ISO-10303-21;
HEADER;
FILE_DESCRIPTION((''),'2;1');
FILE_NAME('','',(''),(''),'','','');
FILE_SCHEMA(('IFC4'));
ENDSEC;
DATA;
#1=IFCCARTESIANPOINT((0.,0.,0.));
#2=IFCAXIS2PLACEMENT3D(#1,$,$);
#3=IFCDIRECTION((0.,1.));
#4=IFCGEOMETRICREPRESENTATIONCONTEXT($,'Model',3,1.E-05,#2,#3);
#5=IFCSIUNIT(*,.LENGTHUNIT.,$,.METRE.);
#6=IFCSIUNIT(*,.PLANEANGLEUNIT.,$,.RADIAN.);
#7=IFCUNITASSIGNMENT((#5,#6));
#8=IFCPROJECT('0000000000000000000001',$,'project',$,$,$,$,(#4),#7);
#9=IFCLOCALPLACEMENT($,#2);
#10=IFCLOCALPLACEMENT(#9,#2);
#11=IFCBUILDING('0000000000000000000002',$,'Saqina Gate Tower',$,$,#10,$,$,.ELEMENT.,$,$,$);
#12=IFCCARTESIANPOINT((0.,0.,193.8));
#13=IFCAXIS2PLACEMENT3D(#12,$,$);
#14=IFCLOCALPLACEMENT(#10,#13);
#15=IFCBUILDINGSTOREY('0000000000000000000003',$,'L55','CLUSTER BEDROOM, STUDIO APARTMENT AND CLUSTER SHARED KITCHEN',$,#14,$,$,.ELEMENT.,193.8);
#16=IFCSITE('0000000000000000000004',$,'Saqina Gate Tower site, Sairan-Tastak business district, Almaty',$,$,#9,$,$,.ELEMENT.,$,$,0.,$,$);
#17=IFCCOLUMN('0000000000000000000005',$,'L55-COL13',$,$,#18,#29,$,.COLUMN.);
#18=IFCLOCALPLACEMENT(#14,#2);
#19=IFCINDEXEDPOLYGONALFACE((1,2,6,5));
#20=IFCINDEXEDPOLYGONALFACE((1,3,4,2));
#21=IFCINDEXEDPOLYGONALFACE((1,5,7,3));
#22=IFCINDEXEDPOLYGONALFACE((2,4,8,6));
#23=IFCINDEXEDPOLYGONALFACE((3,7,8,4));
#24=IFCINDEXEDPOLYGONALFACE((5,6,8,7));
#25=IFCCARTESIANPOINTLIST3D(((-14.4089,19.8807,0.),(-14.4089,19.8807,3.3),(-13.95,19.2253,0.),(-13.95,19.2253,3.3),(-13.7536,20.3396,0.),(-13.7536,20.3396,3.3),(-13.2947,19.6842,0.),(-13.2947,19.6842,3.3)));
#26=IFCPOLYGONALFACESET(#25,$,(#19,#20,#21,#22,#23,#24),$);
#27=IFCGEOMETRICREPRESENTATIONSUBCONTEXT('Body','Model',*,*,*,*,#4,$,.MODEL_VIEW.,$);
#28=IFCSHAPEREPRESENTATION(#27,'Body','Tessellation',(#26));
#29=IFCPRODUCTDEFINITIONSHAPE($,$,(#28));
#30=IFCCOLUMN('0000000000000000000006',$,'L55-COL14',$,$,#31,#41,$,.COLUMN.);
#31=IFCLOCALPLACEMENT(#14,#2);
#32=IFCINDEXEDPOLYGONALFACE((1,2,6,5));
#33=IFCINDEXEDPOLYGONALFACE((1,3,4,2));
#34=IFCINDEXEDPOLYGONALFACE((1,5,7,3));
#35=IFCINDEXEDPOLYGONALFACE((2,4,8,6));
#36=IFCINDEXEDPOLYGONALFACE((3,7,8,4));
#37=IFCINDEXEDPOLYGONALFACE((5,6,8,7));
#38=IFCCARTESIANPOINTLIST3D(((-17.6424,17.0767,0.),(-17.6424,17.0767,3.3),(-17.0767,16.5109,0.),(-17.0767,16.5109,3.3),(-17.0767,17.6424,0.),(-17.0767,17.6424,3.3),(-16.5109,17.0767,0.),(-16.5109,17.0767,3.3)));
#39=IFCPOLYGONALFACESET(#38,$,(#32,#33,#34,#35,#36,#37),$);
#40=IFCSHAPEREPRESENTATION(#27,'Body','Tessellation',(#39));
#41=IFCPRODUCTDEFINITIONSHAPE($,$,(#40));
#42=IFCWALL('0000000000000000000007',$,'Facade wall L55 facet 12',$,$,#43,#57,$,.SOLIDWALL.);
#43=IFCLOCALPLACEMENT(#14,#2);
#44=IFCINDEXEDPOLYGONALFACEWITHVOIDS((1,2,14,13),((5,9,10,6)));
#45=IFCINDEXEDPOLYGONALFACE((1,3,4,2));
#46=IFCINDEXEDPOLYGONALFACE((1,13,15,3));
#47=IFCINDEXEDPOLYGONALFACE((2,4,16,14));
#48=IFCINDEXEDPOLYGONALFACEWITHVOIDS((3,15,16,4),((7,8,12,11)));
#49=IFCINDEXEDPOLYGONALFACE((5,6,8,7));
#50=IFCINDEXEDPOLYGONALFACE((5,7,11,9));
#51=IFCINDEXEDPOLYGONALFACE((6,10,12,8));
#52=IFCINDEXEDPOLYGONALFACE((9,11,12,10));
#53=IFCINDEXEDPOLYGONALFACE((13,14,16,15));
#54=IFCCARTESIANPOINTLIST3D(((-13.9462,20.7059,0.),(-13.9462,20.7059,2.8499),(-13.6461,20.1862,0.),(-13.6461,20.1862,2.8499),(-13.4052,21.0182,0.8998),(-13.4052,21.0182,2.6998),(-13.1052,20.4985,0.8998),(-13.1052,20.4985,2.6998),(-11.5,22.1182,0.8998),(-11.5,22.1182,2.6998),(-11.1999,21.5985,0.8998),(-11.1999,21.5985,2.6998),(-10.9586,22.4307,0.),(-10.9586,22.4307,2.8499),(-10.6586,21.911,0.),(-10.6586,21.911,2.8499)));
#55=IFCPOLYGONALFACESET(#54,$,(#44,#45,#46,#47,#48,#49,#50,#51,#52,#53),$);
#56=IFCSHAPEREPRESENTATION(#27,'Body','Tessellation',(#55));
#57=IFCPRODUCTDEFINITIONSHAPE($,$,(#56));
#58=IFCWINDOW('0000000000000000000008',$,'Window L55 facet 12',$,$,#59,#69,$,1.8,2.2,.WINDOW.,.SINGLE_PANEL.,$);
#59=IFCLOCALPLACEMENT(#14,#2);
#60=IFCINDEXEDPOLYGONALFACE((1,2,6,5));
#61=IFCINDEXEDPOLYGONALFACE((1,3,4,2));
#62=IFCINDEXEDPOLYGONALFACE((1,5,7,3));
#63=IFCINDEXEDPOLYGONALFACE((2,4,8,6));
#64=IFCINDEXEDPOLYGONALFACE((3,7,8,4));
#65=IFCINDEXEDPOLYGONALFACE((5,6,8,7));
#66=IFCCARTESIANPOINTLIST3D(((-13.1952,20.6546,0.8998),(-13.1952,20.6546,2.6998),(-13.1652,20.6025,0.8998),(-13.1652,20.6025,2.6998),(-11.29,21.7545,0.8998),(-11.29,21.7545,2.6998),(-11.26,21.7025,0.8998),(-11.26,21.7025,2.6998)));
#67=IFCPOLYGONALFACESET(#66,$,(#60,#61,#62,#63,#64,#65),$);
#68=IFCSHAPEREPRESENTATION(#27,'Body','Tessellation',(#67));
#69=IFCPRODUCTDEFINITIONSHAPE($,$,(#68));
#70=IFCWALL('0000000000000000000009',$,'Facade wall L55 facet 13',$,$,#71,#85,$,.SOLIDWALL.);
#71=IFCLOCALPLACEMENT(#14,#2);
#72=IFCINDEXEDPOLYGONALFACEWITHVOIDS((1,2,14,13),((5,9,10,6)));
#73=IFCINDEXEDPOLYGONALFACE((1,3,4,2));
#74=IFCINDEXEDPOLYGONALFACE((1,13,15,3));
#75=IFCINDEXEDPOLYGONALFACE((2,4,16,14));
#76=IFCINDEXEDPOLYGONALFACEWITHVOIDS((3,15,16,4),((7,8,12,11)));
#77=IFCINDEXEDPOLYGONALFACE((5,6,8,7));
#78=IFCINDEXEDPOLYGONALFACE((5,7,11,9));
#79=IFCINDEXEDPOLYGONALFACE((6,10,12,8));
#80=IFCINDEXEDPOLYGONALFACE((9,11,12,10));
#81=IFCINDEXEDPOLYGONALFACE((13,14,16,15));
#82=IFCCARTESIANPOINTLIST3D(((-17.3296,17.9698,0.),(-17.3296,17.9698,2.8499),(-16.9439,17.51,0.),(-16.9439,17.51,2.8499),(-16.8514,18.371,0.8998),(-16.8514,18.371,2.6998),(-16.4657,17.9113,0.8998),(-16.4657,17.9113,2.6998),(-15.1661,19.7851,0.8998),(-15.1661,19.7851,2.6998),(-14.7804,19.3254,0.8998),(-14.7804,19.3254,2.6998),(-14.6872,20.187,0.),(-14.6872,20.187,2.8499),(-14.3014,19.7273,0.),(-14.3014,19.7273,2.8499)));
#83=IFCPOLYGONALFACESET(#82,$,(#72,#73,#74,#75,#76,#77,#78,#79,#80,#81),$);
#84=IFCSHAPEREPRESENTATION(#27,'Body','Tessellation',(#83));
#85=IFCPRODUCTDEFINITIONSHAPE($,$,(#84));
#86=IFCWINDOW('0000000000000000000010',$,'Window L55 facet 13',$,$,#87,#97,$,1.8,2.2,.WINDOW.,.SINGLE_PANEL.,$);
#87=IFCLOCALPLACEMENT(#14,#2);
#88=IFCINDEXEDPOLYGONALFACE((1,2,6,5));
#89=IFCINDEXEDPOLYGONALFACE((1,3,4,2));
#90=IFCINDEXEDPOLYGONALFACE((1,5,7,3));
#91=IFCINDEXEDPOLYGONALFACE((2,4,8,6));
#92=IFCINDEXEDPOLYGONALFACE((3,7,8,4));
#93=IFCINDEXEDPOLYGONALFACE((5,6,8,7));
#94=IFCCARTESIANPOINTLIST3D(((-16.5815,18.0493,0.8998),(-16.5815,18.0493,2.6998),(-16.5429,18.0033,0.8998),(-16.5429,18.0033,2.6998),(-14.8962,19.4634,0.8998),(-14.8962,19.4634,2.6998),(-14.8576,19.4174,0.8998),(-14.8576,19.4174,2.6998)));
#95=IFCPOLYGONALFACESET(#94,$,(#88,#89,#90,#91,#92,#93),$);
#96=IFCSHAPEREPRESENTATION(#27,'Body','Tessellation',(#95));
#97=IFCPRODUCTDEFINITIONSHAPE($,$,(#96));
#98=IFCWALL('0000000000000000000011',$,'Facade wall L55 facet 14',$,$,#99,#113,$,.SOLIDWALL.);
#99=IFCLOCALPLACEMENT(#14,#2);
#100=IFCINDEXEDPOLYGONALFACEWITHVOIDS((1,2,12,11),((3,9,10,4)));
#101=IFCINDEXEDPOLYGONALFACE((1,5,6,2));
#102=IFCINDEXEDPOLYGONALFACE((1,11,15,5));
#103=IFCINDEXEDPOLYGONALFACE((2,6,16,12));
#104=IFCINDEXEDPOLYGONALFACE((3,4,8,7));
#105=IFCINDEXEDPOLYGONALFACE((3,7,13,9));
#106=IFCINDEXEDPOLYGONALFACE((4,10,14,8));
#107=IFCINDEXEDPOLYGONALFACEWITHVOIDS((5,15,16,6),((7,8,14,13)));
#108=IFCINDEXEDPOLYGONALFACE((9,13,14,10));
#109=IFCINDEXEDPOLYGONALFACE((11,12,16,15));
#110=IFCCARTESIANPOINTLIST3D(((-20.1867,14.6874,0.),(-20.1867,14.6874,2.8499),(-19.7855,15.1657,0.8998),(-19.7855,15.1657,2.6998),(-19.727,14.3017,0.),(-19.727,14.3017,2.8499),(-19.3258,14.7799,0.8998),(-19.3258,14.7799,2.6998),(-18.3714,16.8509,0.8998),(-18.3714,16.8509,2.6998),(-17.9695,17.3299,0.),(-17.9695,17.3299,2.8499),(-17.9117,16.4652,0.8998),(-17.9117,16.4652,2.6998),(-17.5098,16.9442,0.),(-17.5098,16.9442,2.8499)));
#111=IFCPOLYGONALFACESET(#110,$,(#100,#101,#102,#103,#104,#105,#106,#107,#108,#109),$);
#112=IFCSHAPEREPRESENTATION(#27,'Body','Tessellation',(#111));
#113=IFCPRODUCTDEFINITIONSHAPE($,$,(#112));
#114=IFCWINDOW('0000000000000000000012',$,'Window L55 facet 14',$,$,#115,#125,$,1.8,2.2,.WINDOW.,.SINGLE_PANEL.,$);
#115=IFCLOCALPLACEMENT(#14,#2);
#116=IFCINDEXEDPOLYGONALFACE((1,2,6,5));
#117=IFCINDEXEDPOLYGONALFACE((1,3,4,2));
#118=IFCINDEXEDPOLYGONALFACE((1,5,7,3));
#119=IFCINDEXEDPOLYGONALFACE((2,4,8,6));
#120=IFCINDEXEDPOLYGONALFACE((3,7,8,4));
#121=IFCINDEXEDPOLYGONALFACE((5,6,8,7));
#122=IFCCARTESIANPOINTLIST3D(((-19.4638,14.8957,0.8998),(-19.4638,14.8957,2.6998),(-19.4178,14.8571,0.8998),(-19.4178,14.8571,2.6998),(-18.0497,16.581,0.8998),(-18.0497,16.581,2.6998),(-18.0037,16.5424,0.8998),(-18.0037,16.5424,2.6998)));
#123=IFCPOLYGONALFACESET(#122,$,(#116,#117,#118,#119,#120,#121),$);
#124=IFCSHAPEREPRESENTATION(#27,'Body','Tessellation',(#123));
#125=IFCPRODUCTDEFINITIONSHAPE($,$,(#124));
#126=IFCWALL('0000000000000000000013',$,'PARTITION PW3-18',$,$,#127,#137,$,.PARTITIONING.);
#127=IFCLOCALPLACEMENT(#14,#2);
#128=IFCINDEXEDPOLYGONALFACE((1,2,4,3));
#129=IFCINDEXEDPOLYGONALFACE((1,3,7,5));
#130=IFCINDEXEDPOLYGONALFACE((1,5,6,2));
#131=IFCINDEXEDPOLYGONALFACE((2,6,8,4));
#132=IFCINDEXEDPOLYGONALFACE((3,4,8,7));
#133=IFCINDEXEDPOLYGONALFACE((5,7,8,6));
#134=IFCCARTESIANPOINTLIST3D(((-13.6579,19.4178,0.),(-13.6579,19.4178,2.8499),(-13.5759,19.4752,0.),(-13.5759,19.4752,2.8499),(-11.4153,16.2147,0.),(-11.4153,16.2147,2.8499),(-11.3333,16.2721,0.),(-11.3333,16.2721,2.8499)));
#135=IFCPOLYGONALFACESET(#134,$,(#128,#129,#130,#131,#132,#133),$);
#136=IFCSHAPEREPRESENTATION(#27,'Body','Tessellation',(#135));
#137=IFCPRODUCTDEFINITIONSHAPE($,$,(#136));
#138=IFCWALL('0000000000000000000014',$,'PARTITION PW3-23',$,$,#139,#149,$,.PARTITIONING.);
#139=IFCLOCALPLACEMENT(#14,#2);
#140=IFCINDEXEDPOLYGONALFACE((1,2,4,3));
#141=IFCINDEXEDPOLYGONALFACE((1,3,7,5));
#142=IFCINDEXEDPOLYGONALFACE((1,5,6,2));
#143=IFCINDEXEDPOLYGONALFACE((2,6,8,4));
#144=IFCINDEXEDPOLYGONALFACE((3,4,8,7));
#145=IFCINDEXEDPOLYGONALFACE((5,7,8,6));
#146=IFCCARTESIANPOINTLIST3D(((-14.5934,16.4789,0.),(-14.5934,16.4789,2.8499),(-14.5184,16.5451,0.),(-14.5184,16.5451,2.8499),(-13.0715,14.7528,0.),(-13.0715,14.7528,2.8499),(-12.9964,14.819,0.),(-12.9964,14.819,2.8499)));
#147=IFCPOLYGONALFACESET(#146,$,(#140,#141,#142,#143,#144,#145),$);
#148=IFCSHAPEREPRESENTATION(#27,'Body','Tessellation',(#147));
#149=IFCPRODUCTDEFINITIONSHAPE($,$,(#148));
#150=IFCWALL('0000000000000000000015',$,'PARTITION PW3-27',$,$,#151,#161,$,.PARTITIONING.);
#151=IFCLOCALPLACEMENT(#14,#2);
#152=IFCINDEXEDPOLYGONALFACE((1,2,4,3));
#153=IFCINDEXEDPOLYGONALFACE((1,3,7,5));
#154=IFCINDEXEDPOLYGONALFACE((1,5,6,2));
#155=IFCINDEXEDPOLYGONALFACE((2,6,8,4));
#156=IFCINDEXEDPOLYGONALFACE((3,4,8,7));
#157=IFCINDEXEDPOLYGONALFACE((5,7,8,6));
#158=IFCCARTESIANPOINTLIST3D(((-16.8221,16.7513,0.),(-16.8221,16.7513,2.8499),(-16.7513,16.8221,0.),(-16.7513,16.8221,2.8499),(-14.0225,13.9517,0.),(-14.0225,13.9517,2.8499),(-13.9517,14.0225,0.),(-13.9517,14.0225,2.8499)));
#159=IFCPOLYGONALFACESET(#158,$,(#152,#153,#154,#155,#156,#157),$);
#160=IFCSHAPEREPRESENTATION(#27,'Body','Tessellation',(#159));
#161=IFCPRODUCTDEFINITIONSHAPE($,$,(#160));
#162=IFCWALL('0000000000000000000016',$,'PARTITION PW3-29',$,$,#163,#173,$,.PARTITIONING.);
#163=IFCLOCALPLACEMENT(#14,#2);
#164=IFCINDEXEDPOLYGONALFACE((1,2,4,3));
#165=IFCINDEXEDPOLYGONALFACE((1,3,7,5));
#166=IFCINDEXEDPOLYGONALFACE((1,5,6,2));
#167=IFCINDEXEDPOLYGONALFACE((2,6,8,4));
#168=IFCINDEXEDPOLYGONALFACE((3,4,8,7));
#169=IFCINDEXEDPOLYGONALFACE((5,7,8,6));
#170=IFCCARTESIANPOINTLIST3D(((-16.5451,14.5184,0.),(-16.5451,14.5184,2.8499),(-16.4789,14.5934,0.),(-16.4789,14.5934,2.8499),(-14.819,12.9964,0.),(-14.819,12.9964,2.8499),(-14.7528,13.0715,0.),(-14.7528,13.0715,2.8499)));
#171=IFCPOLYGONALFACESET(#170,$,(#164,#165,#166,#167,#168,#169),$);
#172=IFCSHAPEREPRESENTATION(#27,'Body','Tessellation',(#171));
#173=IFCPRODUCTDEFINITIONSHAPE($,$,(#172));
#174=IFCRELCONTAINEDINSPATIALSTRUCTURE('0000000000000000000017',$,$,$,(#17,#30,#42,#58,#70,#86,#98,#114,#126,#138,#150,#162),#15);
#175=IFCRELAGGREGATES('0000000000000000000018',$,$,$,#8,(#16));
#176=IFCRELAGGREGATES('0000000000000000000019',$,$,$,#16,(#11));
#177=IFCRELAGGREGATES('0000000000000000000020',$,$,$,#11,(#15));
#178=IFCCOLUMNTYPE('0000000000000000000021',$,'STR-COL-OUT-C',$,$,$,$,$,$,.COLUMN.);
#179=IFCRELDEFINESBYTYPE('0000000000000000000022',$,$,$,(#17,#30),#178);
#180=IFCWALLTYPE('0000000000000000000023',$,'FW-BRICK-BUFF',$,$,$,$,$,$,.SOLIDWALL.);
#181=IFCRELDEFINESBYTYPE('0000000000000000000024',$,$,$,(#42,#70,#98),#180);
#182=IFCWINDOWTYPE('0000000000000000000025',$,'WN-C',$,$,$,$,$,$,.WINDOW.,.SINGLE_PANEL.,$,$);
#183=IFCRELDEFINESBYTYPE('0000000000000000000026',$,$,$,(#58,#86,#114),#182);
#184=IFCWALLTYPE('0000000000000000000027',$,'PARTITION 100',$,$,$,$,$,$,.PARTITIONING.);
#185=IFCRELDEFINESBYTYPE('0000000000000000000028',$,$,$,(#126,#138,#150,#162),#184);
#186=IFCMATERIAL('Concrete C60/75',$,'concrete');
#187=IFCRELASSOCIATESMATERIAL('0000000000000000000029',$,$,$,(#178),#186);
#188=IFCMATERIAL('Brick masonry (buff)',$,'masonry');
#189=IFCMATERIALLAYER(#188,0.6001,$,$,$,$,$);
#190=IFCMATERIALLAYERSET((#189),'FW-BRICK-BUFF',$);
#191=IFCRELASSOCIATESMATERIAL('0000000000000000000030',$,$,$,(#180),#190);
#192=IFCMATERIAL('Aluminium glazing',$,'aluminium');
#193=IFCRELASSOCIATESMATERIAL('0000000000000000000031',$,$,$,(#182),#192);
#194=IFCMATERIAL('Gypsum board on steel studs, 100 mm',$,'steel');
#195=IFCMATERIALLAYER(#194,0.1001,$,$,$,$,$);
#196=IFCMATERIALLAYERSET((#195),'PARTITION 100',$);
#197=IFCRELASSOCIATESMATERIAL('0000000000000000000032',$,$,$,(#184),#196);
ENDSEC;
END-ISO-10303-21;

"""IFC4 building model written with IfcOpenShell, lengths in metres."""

from ifc_helpers import new_model, si_unit, direction, frame, frame_2d, origin, origin_2d, place, context, subcontext, project, spatial, rectangle, extrude, material, layer, layer_set, material_profile, profile_set, type_object, element, fill, save


model = new_model("IFC4")

# Units and contexts
model_context = context("Model", 3, precision=1e-05, world=origin(), true_north=direction((0.0, 1.0)))
body_context = subcontext(model_context, "Body", "Model", "MODEL_VIEW")
ifc_project = project(units=[si_unit("LENGTHUNIT", "METRE"), si_unit("PLANEANGLEUNIT", "RADIAN")], contexts=[model_context])

# Site, building, storey
site_placement = place(None, origin())
site = spatial("IfcSite", under=ifc_project, at=site_placement, Name="Saqina Gate Tower site, Sairan-Tastak business district, Almaty", CompositionType="ELEMENT", RefElevation=0.0)
building_placement = place(site_placement, origin())
building = spatial("IfcBuilding", under=site, at=building_placement, Name="Saqina Gate Tower", CompositionType="ELEMENT")
storey_placement = place(building_placement, frame((0.0, 0.0, 193.8)))
storey = spatial("IfcBuildingStorey", under=building, at=storey_placement, Name="L55", Description="CLUSTER BEDROOM, STUDIO APARTMENT AND CLUSTER SHARED KITCHEN", CompositionType="ELEMENT", Elevation=193.8)

# Columns
ifc_material_1 = material(Name="Concrete C60/75", Category="concrete")
ifc_material_profile = material_profile(ifc_material_1, rectangle(XDim=0.8, YDim=0.8, at=origin_2d()), Name="RC 800x800")
ifc_profile_set = profile_set([ifc_material_profile], Name="Concrete C60/75")
column_type = type_object("IfcColumnType", Name="STR-COL-OUT-C", PredefinedType="COLUMN", material=ifc_profile_set)
for number, where, z_axis, x_axis, name in (
    (1, (-13.8518, 19.7825, 0.0), (0.0, 0.0, 1.0), (-0.573576, 0.819152, 0.0), "L55-COL13"),
    (2, (-17.0767, 17.0767, 0.0), (0.0, 0.0, 1.0), (-0.707107, 0.707107, 0.0), "L55-COL14"),
):
    element("IfcColumn", number, at=place(storey_placement, frame(where, z_axis=z_axis, x_axis=x_axis)), inside=storey, type_object=column_type, Name=name, PredefinedType="COLUMN", context=body_context, shape_type="SweptSolid", body=[
        extrude(rectangle(XDim=0.8, YDim=0.8, at=origin_2d()), origin(), (0.0, 0.0, 1.0), 3.3),
    ])

# Walls, openings, windows
ifc_material_2 = material(Name="Brick masonry (buff)", Category="masonry")
ifc_layer_1 = layer(ifc_material_2, 0.6001)
ifc_layer_set_1 = layer_set([ifc_layer_1], Name="FW-BRICK-BUFF")
wall_type_1 = type_object("IfcWallType", Name="FW-BRICK-BUFF", PredefinedType="SOLIDWALL", material=ifc_layer_set_1)
wall_1_placement = place(storey_placement, frame((-10.8086, 22.1709, 0.0), z_axis=(0.0, 0.0, 1.0), x_axis=(-0.866026, -0.499998, 0.0)))
wall_1 = element("IfcWall", 3, at=wall_1_placement, inside=storey, type_object=wall_type_1, Name="Facade wall L55 facet 12", PredefinedType="SOLIDWALL", context=body_context, shape_type="SweptSolid", body=[
    extrude(rectangle(XDim=3.4497, YDim=0.6001, at=frame_2d((1.7249, 0.0))), origin(), (0.0, 0.0, 1.0), 2.8499),
])
opening_1_placement = place(wall_1_placement, frame((0.625, 0.0, 0.8999)))
opening_1 = element("IfcOpeningElement", 4, at=opening_1_placement, cuts=wall_1, PredefinedType="OPENING", context=body_context, shape_type="SweptSolid", body=[
    extrude(rectangle(XDim=2.2, YDim=1.8, at=frame_2d((1.1001, 0.8999))), frame((0.0, 0.312, 0.0), z_axis=(0.0, -1.0, 0.0), x_axis=(1.0, 0.0, 0.0)), (0.0, 0.0, 1.0), 0.624),
])
ifc_material_3 = material(Name="Aluminium glazing", Category="aluminium")
window_type = type_object("IfcWindowType", Name="WN-C", PartitioningType="SINGLE_PANEL", PredefinedType="WINDOW", material=ifc_material_3)
window_1_placement = place(opening_1_placement, origin())
window_1 = element("IfcWindow", 5, at=window_1_placement, inside=storey, type_object=window_type, Name="Window L55 facet 12", OverallHeight=1.8, OverallWidth=2.2, PartitioningType="SINGLE_PANEL", PredefinedType="WINDOW", context=body_context, shape_type="SweptSolid", body=[
    extrude(rectangle(XDim=2.2, YDim=1.8, at=frame_2d((1.1001, 0.8999))), frame((0.0, 0.1799, 0.0), z_axis=(0.0, -1.0, 0.0), x_axis=(1.0, 0.0, 0.0)), (0.0, 0.0, 1.0), 0.0601),
])
fill(opening_1, window_1)
wall_2_placement = place(storey_placement, frame((-14.4944, 19.957, 0.0), z_axis=(0.0, 0.0, 1.0), x_axis=(-0.766059, -0.64277, 0.0)))
wall_2 = element("IfcWall", 6, at=wall_2_placement, inside=storey, type_object=wall_type_1, Name="Facade wall L55 facet 13", PredefinedType="SOLIDWALL", context=body_context, shape_type="SweptSolid", body=[
    extrude(rectangle(XDim=3.4495, YDim=0.6001, at=frame_2d((1.7246, 0.0))), origin(), (0.0, 0.0, 1.0), 2.8499),
])
opening_2_placement = place(wall_2_placement, frame((0.625, 0.0, 0.8999)))
opening_2 = element("IfcOpeningElement", 7, at=opening_2_placement, cuts=wall_2, PredefinedType="OPENING", context=body_context, shape_type="SweptSolid", body=[
    extrude(rectangle(XDim=2.2, YDim=1.8, at=frame_2d((1.1001, 0.8999))), frame((0.0, 0.312, 0.0), z_axis=(0.0, -1.0, 0.0), x_axis=(1.0, 0.0, 0.0)), (0.0, 0.0, 1.0), 0.624),
])
window_2_placement = place(opening_2_placement, origin())
window_2 = element("IfcWindow", 8, at=window_2_placement, inside=storey, type_object=window_type, Name="Window L55 facet 13", OverallHeight=1.8, OverallWidth=2.2, PartitioningType="SINGLE_PANEL", PredefinedType="WINDOW", context=body_context, shape_type="SweptSolid", body=[
    extrude(rectangle(XDim=2.2, YDim=1.8, at=frame_2d((1.1001, 0.8999))), frame((0.0, 0.1799, 0.0), z_axis=(0.0, -1.0, 0.0), x_axis=(1.0, 0.0, 0.0)), (0.0, 0.0, 1.0), 0.0601),
])
fill(opening_2, window_2)
wall_3_placement = place(storey_placement, frame((-17.7397, 17.137, 0.0), z_axis=(0.0, 0.0, 1.0), x_axis=(-0.64277, -0.766059, 0.0)))
wall_3 = element("IfcWall", 9, at=wall_3_placement, inside=storey, type_object=wall_type_1, Name="Facade wall L55 facet 14", PredefinedType="SOLIDWALL", context=body_context, shape_type="SweptSolid", body=[
    extrude(rectangle(XDim=3.4495, YDim=0.6001, at=frame_2d((1.7246, 0.0))), origin(), (0.0, 0.0, 1.0), 2.8499),
])
opening_3_placement = place(wall_3_placement, frame((0.625, 0.0, 0.8999)))
opening_3 = element("IfcOpeningElement", 10, at=opening_3_placement, cuts=wall_3, PredefinedType="OPENING", context=body_context, shape_type="SweptSolid", body=[
    extrude(rectangle(XDim=2.2, YDim=1.8, at=frame_2d((1.1001, 0.8999))), frame((0.0, 0.312, 0.0), z_axis=(0.0, -1.0, 0.0), x_axis=(1.0, 0.0, 0.0)), (0.0, 0.0, 1.0), 0.624),
])
window_3_placement = place(opening_3_placement, origin())
window_3 = element("IfcWindow", 11, at=window_3_placement, inside=storey, type_object=window_type, Name="Window L55 facet 14", OverallHeight=1.8, OverallWidth=2.2, PartitioningType="SINGLE_PANEL", PredefinedType="WINDOW", context=body_context, shape_type="SweptSolid", body=[
    extrude(rectangle(XDim=2.2, YDim=1.8, at=frame_2d((1.1001, 0.8999))), frame((0.0, 0.1799, 0.0), z_axis=(0.0, -1.0, 0.0), x_axis=(1.0, 0.0, 0.0)), (0.0, 0.0, 1.0), 0.0601),
])
fill(opening_3, window_3)

# Walls
ifc_material_4 = material(Name="Gypsum board on steel studs, 100 mm", Category="steel")
ifc_layer_2 = layer(ifc_material_4, 0.1001)
ifc_layer_set_2 = layer_set([ifc_layer_2], Name="PARTITION 100")
wall_type_2 = type_object("IfcWallType", Name="PARTITION 100", PredefinedType="PARTITIONING", material=ifc_layer_set_2)
wall_4_placement = place(storey_placement, frame((-13.6169, 19.4465, 0.0), z_axis=(0.0, 0.0, 1.0), x_axis=(0.573546, -0.819173, 0.0)))
element("IfcWall", 12, at=wall_4_placement, inside=storey, type_object=wall_type_2, Name="PARTITION PW3-18", PredefinedType="PARTITIONING", context=body_context, shape_type="SweptSolid", body=[
    extrude(rectangle(XDim=3.9102, YDim=0.1001, at=frame_2d((1.9551, 0.0))), origin(), (0.0, 0.0, 1.0), 2.8499),
])
wall_5_placement = place(storey_placement, frame((-14.5559, 16.512, 0.0), z_axis=(0.0, 0.0, 1.0), x_axis=(0.661369, -0.750061, 0.0)))
element("IfcWall", 13, at=wall_5_placement, inside=storey, type_object=wall_type_2, Name="PARTITION PW3-23", PredefinedType="PARTITIONING", context=body_context, shape_type="SweptSolid", body=[
    extrude(rectangle(XDim=2.3013, YDim=0.1001, at=frame_2d((1.1506, 0.0))), origin(), (0.0, 0.0, 1.0), 2.8499),
])
wall_6_placement = place(storey_placement, frame((-16.7866, 16.7866, 0.0), z_axis=(0.0, 0.0, 1.0), x_axis=(0.707107, -0.707107, 0.0)))
element("IfcWall", 14, at=wall_6_placement, inside=storey, type_object=wall_type_2, Name="PARTITION PW3-27", PredefinedType="PARTITIONING", context=body_context, shape_type="SweptSolid", body=[
    extrude(rectangle(XDim=3.9592, YDim=0.1001, at=frame_2d((1.9795, 0.0))), origin(), (0.0, 0.0, 1.0), 2.8499),
])
wall_7_placement = place(storey_placement, frame((-16.512, 14.5559, 0.0), z_axis=(0.0, 0.0, 1.0), x_axis=(0.750061, -0.661369, 0.0)))
element("IfcWall", 15, at=wall_7_placement, inside=storey, type_object=wall_type_2, Name="PARTITION PW3-29", PredefinedType="PARTITIONING", context=body_context, shape_type="SweptSolid", body=[
    extrude(rectangle(XDim=2.3013, YDim=0.1001, at=frame_2d((1.1506, 0.0))), origin(), (0.0, 0.0, 1.0), 2.8499),
])

save(model, "model.ifc")
